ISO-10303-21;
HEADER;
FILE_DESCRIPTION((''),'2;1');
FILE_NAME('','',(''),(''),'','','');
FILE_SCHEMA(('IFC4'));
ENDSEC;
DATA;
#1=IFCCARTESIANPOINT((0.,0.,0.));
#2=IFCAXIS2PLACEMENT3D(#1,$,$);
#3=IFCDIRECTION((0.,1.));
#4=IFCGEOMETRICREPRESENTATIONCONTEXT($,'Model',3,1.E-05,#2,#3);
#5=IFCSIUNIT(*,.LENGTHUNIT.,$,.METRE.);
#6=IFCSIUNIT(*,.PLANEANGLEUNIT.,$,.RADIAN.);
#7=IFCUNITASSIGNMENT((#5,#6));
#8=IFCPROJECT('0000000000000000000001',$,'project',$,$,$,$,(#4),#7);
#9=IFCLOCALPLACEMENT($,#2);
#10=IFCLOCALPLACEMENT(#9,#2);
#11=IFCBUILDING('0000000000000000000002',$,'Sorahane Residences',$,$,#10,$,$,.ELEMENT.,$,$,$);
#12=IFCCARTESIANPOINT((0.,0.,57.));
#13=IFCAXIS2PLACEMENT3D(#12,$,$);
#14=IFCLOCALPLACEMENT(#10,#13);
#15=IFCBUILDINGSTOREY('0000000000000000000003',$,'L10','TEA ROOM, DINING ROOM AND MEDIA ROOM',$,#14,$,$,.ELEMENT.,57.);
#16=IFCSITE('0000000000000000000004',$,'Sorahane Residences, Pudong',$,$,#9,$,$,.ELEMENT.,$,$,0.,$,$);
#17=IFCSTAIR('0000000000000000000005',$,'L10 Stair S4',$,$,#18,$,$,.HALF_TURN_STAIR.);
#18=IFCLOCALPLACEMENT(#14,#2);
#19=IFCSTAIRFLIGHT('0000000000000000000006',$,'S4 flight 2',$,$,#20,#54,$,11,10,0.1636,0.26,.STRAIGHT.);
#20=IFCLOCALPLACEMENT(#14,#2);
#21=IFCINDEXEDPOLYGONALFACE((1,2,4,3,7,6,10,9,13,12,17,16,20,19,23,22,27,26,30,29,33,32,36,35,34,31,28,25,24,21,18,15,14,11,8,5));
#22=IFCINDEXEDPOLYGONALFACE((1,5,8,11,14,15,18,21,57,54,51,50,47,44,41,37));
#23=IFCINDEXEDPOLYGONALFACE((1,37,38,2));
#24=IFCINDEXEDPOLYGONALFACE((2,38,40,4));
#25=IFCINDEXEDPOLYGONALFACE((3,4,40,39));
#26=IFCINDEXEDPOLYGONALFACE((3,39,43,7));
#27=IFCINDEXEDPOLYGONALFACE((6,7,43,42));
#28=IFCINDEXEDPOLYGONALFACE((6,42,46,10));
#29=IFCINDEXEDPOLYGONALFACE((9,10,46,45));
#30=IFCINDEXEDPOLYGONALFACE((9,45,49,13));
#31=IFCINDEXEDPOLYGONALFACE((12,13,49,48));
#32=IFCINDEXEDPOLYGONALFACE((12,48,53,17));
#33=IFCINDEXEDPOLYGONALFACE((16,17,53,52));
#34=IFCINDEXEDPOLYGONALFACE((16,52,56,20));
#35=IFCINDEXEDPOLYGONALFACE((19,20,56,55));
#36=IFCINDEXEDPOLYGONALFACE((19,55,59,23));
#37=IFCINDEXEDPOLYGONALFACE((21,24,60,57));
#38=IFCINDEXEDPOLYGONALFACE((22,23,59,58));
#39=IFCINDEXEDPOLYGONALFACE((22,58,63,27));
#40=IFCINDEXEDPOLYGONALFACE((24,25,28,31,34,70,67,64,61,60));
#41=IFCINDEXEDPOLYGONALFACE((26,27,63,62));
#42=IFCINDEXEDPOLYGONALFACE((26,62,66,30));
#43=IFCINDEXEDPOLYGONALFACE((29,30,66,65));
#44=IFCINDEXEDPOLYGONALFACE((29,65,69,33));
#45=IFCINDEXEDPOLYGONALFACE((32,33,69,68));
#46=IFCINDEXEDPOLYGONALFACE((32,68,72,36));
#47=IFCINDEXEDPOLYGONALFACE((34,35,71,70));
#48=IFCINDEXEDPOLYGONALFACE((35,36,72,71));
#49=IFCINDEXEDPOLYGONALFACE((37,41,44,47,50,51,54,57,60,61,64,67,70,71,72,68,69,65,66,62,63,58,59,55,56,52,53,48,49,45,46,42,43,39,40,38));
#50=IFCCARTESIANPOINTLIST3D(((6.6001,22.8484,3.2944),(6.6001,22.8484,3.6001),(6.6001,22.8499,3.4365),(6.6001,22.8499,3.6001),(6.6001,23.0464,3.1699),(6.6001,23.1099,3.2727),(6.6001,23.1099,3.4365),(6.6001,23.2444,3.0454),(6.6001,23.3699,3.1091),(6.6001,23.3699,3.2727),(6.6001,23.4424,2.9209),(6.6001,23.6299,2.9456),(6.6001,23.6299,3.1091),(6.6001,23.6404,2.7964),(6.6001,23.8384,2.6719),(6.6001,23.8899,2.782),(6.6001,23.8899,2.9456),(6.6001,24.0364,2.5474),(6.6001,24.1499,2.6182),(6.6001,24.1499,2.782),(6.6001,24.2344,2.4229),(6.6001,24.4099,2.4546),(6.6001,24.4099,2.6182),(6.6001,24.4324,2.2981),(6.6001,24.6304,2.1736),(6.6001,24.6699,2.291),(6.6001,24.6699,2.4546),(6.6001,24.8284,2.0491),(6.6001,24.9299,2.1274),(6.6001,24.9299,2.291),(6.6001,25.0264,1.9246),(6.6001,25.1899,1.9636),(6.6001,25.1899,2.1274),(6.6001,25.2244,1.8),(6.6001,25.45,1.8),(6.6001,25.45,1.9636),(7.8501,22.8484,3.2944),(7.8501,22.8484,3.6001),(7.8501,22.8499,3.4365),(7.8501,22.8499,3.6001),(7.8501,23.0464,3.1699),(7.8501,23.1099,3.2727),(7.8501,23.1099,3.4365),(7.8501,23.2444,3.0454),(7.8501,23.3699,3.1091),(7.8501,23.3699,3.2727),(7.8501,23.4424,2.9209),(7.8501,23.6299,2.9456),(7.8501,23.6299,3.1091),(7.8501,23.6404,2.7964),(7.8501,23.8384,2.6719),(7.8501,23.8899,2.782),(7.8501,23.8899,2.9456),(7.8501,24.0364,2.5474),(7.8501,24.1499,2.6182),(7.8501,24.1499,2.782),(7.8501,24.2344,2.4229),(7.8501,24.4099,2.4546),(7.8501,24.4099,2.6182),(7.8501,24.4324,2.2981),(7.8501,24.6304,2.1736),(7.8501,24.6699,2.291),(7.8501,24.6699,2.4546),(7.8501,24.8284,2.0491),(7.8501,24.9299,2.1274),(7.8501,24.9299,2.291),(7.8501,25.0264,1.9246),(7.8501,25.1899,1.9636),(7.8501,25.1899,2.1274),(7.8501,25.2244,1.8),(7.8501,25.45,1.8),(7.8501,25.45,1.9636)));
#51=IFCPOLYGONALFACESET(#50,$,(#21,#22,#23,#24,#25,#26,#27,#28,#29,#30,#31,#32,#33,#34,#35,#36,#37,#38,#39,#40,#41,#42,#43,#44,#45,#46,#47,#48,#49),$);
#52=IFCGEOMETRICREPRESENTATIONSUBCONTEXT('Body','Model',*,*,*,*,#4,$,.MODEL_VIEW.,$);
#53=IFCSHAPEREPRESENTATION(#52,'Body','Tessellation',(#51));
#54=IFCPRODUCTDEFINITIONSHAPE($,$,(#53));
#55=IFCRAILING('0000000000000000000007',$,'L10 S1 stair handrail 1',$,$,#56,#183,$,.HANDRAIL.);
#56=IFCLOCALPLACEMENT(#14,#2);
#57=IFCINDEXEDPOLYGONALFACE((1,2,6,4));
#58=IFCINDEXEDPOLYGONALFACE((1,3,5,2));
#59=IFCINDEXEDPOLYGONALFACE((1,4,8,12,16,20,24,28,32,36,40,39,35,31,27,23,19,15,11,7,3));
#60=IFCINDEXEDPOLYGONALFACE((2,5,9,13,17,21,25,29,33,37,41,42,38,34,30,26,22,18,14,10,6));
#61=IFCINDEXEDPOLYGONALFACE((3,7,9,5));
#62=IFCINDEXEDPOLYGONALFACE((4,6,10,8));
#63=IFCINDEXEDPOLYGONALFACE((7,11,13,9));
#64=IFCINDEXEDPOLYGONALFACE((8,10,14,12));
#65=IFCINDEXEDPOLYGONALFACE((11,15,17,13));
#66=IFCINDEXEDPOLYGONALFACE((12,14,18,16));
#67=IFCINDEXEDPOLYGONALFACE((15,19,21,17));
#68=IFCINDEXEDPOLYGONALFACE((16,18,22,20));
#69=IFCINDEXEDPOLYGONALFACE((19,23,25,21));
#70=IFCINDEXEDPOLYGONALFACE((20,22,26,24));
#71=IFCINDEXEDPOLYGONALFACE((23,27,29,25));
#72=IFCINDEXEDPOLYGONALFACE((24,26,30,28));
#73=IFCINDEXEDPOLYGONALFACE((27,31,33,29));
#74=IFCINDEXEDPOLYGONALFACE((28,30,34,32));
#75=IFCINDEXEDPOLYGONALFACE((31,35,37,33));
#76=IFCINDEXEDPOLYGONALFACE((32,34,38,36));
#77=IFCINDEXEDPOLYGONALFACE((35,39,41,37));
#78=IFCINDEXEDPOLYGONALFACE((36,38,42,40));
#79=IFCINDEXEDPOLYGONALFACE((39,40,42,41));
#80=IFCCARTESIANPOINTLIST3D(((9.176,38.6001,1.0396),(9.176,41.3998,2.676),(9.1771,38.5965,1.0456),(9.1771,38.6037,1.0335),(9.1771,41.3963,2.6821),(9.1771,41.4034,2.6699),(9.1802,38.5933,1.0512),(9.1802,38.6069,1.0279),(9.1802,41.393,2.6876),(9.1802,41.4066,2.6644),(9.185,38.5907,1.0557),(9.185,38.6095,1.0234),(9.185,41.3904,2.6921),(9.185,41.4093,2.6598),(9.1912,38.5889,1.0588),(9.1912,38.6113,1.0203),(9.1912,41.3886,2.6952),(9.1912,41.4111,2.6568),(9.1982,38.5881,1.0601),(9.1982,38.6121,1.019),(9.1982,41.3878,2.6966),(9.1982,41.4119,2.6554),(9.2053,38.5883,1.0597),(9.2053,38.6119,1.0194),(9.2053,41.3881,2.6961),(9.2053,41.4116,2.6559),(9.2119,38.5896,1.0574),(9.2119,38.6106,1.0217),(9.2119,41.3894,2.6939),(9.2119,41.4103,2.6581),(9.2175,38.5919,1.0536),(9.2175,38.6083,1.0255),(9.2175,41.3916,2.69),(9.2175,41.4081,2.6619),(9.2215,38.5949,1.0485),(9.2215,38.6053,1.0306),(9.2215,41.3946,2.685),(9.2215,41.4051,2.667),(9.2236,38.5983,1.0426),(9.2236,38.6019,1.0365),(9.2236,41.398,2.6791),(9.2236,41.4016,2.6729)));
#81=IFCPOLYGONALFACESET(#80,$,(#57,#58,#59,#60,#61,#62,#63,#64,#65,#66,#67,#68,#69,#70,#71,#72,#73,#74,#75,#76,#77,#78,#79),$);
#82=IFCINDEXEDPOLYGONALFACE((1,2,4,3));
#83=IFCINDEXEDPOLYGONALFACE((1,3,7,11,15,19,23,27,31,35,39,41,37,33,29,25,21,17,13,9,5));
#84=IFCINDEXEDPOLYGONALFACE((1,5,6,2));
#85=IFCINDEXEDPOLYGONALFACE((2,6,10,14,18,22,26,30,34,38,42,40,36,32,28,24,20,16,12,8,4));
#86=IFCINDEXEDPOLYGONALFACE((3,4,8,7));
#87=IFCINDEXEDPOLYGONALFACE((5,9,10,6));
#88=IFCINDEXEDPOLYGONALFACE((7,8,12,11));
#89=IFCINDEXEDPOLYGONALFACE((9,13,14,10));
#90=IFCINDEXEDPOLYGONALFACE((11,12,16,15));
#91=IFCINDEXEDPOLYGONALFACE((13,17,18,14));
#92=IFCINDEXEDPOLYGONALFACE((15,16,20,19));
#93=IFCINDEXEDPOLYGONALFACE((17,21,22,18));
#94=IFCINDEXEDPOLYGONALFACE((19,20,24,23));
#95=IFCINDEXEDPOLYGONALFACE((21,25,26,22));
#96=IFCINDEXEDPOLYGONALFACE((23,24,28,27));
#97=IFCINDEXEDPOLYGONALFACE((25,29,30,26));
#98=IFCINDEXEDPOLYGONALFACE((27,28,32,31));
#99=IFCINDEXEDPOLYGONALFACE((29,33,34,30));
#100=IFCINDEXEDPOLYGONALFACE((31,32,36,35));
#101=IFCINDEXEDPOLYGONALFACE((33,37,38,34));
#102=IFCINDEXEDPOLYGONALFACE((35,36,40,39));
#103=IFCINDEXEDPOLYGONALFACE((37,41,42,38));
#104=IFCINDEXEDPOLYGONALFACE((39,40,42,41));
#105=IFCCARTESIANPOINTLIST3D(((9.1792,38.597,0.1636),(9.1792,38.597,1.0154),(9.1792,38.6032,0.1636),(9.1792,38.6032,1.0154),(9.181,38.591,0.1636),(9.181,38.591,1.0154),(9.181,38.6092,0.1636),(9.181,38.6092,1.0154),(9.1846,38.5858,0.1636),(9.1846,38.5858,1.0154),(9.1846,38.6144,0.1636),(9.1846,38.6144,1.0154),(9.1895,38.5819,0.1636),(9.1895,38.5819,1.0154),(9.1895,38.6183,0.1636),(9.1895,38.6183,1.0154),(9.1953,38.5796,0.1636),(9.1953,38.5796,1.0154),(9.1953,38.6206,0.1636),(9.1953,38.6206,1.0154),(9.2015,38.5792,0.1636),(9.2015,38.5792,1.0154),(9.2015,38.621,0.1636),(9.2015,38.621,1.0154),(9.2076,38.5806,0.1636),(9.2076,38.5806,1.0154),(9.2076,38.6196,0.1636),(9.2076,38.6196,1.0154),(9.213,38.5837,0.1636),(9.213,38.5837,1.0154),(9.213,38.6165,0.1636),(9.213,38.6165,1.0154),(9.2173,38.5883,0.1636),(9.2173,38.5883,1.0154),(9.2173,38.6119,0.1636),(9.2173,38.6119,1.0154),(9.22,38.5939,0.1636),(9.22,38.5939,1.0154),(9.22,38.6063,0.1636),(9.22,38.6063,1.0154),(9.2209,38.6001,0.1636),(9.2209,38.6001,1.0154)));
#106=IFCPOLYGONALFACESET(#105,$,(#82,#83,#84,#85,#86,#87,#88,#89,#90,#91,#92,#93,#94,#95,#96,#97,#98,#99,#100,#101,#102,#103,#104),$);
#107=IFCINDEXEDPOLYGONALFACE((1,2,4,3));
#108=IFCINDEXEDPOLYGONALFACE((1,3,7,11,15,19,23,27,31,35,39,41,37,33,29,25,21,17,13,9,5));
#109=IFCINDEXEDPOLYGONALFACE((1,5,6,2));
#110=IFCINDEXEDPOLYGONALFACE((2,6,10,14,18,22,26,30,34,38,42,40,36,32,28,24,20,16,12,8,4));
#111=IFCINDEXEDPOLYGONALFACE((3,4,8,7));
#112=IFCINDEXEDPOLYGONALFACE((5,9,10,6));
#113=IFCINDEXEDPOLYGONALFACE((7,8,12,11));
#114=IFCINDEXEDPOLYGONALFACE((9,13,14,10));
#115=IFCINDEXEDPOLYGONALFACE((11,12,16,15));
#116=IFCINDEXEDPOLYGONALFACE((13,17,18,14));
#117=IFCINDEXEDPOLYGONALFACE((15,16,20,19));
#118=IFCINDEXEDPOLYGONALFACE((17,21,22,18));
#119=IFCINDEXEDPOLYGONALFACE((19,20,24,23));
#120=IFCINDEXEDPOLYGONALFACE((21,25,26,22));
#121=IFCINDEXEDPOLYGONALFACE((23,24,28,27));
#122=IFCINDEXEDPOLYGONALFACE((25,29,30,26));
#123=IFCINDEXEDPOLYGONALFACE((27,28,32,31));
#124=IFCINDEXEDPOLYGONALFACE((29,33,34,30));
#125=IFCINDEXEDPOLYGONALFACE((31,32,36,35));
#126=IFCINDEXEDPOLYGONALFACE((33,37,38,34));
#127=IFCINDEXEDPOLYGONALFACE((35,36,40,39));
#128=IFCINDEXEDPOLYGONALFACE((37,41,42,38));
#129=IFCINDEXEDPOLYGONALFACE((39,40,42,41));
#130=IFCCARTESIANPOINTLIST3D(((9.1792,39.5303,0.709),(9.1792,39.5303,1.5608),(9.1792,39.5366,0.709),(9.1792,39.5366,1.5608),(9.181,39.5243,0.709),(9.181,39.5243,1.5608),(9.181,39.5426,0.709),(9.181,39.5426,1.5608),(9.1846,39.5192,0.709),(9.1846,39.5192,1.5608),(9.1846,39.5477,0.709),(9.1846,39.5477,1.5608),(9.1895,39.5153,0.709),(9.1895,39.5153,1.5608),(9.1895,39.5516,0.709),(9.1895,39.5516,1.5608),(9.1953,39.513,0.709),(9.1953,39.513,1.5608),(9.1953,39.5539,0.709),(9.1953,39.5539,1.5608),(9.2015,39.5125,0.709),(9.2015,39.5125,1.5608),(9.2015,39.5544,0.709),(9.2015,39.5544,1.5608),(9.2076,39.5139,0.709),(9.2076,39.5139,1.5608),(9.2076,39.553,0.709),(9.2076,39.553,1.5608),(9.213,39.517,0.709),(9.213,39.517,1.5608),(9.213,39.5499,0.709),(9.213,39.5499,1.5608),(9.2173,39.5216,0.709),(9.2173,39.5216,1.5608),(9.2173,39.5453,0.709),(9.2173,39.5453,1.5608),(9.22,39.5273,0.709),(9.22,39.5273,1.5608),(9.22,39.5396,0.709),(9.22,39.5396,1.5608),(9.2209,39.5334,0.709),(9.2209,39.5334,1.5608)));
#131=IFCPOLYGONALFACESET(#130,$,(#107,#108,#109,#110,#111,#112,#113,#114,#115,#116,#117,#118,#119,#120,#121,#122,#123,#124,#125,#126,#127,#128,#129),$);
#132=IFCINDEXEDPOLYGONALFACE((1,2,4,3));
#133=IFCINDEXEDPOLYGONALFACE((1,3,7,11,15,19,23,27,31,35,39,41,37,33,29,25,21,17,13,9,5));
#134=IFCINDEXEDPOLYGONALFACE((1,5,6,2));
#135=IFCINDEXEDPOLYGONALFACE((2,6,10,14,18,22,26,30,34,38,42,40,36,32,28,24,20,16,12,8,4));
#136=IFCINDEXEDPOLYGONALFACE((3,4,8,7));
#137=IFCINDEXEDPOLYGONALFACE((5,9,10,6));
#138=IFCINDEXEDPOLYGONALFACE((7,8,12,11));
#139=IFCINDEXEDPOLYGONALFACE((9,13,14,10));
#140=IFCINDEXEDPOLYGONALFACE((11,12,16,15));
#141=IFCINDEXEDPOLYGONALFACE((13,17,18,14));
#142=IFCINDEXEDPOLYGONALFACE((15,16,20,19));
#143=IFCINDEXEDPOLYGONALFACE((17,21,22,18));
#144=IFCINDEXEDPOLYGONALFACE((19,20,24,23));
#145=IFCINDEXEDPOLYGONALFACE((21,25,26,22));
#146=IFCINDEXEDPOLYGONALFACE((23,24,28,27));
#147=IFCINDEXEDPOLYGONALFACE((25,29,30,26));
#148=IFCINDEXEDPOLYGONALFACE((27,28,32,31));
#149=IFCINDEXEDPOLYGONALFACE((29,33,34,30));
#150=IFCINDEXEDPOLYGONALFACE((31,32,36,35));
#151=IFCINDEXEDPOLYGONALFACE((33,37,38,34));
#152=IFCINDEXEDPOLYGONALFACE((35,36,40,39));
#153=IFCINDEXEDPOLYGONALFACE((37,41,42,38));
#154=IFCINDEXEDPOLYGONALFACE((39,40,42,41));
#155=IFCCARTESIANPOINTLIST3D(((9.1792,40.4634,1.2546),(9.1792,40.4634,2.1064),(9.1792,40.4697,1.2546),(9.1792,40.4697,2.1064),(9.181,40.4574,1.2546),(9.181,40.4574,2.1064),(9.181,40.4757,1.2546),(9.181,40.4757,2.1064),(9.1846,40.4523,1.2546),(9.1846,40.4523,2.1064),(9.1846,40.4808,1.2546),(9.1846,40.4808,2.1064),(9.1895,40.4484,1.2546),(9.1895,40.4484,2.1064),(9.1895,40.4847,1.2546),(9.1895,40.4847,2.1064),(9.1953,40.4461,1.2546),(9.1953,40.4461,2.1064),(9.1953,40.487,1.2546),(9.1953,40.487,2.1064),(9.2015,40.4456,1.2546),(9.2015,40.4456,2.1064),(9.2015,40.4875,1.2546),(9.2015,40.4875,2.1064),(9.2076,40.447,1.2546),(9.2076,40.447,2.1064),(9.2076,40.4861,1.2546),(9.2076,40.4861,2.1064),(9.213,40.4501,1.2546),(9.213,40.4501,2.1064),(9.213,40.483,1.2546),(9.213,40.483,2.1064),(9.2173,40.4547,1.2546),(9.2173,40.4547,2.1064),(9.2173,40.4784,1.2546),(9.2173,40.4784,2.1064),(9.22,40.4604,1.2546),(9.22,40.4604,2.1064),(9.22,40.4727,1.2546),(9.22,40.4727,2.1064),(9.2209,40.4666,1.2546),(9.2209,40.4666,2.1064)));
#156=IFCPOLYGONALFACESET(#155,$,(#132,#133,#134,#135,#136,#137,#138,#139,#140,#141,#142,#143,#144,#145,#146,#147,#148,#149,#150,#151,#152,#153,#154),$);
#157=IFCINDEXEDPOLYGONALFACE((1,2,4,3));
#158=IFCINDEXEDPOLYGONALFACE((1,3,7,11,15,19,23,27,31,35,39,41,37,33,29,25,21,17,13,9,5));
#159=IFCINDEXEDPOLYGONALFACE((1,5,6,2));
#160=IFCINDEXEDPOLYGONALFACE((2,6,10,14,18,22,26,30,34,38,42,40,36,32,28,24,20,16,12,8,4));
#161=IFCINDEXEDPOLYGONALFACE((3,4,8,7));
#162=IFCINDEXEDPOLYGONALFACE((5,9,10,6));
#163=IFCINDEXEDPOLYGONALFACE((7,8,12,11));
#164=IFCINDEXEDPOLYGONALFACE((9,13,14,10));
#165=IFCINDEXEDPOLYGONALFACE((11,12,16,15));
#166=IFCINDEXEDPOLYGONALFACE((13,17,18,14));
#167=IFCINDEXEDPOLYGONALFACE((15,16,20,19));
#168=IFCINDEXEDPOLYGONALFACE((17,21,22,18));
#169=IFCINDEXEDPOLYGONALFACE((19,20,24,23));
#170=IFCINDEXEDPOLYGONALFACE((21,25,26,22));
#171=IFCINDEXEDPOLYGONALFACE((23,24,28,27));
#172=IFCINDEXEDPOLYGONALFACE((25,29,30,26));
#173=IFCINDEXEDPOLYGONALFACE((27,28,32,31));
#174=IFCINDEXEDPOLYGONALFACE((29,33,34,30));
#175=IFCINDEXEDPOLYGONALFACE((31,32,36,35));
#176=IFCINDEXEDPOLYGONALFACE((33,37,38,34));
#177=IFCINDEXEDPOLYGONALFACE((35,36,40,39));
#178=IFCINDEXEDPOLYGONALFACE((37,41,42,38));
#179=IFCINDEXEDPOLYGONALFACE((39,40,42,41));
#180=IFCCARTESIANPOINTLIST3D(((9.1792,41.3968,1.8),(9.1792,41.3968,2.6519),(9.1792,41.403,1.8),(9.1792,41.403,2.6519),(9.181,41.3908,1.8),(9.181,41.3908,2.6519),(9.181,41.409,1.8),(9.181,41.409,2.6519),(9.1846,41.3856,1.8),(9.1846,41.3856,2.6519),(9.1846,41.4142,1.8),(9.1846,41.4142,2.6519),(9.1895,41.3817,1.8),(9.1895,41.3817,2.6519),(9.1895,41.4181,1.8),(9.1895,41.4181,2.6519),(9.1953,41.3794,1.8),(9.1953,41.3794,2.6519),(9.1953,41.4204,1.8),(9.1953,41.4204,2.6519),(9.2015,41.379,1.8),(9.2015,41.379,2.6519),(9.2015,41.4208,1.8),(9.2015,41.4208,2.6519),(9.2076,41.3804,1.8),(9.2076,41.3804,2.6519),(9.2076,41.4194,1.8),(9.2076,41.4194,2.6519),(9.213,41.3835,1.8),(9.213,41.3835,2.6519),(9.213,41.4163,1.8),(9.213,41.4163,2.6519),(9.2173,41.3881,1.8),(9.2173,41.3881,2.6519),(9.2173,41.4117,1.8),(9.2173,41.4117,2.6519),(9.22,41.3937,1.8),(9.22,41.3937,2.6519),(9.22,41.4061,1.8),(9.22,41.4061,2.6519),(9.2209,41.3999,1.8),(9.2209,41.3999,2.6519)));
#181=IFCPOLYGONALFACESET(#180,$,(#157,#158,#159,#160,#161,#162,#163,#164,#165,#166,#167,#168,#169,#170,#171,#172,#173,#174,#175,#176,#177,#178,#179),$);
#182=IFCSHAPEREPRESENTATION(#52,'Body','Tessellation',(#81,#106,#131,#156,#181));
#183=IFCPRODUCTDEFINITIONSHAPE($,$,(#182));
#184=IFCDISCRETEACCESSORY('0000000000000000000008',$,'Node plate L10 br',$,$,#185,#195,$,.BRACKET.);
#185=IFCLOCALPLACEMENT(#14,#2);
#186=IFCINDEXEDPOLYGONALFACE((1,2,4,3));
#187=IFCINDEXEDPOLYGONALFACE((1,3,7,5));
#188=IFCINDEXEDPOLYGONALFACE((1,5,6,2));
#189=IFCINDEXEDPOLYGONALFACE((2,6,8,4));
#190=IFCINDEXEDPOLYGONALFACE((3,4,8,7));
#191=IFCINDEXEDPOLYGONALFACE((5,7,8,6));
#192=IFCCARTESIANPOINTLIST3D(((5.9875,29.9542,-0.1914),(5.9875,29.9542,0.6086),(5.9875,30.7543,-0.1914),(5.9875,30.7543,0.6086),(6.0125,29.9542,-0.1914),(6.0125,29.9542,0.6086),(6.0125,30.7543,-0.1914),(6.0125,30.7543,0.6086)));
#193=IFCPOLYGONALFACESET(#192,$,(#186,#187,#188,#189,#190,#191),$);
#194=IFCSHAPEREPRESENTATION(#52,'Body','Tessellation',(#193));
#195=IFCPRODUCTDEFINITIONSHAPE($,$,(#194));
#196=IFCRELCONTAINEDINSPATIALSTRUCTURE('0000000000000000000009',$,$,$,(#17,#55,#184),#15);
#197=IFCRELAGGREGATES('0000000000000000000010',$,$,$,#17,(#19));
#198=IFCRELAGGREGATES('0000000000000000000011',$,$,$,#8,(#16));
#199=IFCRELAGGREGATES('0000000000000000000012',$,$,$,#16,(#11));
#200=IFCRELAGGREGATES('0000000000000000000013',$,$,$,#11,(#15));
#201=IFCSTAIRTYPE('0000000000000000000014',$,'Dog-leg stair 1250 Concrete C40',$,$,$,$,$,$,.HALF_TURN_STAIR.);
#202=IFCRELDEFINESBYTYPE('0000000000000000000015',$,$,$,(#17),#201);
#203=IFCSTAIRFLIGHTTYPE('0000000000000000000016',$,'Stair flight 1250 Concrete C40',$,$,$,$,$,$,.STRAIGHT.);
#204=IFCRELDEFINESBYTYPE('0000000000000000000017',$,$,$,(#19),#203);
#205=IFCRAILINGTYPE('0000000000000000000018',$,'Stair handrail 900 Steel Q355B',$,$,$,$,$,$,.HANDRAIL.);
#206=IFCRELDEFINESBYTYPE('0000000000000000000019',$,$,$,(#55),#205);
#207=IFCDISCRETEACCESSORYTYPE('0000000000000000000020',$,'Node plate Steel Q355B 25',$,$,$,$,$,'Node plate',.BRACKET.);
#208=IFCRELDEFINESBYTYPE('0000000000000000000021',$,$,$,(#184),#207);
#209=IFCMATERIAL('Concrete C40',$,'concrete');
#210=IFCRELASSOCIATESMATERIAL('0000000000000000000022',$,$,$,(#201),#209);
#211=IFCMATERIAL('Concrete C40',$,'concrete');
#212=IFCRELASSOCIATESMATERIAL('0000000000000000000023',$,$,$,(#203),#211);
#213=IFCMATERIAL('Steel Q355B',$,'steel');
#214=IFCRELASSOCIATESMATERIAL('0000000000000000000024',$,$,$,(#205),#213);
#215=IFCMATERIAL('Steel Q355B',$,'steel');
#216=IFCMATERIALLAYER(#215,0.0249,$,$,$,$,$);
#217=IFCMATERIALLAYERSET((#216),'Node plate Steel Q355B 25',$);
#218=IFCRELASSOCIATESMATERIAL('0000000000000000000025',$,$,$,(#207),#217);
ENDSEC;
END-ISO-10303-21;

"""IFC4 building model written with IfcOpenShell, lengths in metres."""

from ifc_helpers import new_model, si_unit, direction, frame, origin, origin_2d, place, context, subcontext, project, spatial, polyline, rectangle, circle, outline, extrude, material, layer, layer_set, type_object, element, aggregate, save


model = new_model("IFC4")

# Units and contexts
model_context = context("Model", 3, precision=1e-05, world=origin(), true_north=direction((0.0, 1.0)))
body_context = subcontext(model_context, "Body", "Model", "MODEL_VIEW")
ifc_project = project(units=[si_unit("LENGTHUNIT", "METRE"), si_unit("PLANEANGLEUNIT", "RADIAN")], contexts=[model_context])

# Site, building, storey
site_placement = place(None, origin())
site = spatial("IfcSite", under=ifc_project, at=site_placement, Name="Sorahane Residences, Pudong", CompositionType="ELEMENT", RefElevation=0.0)
building_placement = place(site_placement, origin())
building = spatial("IfcBuilding", under=site, at=building_placement, Name="Sorahane Residences", CompositionType="ELEMENT")
storey_placement = place(building_placement, frame((0.0, 0.0, 57.0)))
storey = spatial("IfcBuildingStorey", under=building, at=storey_placement, Name="L10", Description="TEA ROOM, DINING ROOM AND MEDIA ROOM", CompositionType="ELEMENT", Elevation=57.0)

# Stair, stair flight
ifc_material_1 = material(Name="Concrete C40", Category="concrete")
stair_type = type_object("IfcStairType", Name="Dog-leg stair 1250 Concrete C40", PredefinedType="HALF_TURN_STAIR", material=ifc_material_1)
ifc_material_2 = material(Name="Concrete C40", Category="concrete")
stair_flight_type = type_object("IfcStairFlightType", Name="Stair flight 1250 Concrete C40", PredefinedType="STRAIGHT", material=ifc_material_2)
stair_1_placement = place(storey_placement, origin())
stair_1 = element("IfcStair", 1, at=stair_1_placement, inside=storey, type_object=stair_type, Name="L10 Stair S4", PredefinedType="HALF_TURN_STAIR")
stair_flight_1_placement = place(storey_placement, frame((7.2251, 25.45, 1.8), z_axis=(0.0, 0.0, 1.0), x_axis=(0.0, -1.0, 0.0)))
stair_flight_1 = element("IfcStairFlight", 2, at=stair_flight_1_placement, type_object=stair_flight_type, Name="S4 flight 2", NumberOfRisers=11, NumberOfTreads=10, PredefinedType="STRAIGHT", RiserHeight=0.1636, TreadLength=0.26, context=body_context, shape_type="SweptSolid", body=[
    extrude(outline(polyline([(0.0, 0.0), (0.0, 0.1636), (0.26, 0.1636), (0.26, 0.3274), (0.52, 0.3274), (0.52, 0.491), (0.78, 0.491), (0.78, 0.6545), (1.04, 0.6545), (1.04, 0.8181), (1.3, 0.8181), (1.3, 0.9819), (1.5601, 0.9819), (1.5601, 1.1455), (1.8201, 1.1455), (1.8201, 1.3091), (2.0801, 1.3091), (2.0801, 1.4727), (2.3401, 1.4727), (2.3401, 1.6365), (2.6001, 1.6365), (2.6001, 1.8), (2.6016, 1.8), (2.6016, 1.4944), (2.4036, 1.3699), (2.2056, 1.2454), (2.0076, 1.1208), (1.8096, 0.9963), (1.6116, 0.8718), (1.4136, 0.7473), (1.2156, 0.6228), (1.0176, 0.498), (0.8196, 0.3735), (0.6216, 0.249), (0.4236, 0.1245), (0.2256, 0.0), (0.0, 0.0)])), frame((0.0, 0.625, 0.0), z_axis=(0.0, -1.0, 0.0), x_axis=(1.0, 0.0, 0.0)), (0.0, 0.0, 1.0), 1.25),
])
aggregate(stair_1, [stair_flight_1])

# Railing
ifc_material_3 = material(Name="Steel Q355B", Category="steel")
railing_type_1 = type_object("IfcRailingType", Name="Stair handrail 900 Steel Q355B", PredefinedType="HANDRAIL", material=ifc_material_3)
railing_1_placement = place(storey_placement, frame((9.2, 38.6001, 0.1636)))
element("IfcRailing", 3, at=railing_1_placement, inside=storey, type_object=railing_type_1, Name="L10 S1 stair handrail 1", PredefinedType="HANDRAIL", context=body_context, shape_type="SweptSolid", body=[
    extrude(circle(Radius=0.0239, at=origin_2d()), frame((0.0, 0.0, 0.876), z_axis=(0.0, 0.863342, 0.50462), x_axis=(-1.0, 0.0, 0.0)), (0.0, 0.0, 1.0), 3.2429),
    extrude(circle(Radius=0.021, at=origin_2d()), origin(), (0.0, 0.0, 1.0), 0.8518),
    extrude(circle(Radius=0.021, at=origin_2d()), frame((0.0, 0.9333, 0.5454)), (0.0, 0.0, 1.0), 0.8518),
    extrude(circle(Radius=0.021, at=origin_2d()), frame((0.0, 1.8665, 1.0911)), (0.0, 0.0, 1.0), 0.8518),
    extrude(circle(Radius=0.021, at=origin_2d()), frame((0.0, 2.7998, 1.6365)), (0.0, 0.0, 1.0), 0.8518),
])

# Discrete accessory
ifc_material_4 = material(Name="Steel Q355B", Category="steel")
ifc_layer_1 = layer(ifc_material_4, 0.0249)
ifc_layer_set_1 = layer_set([ifc_layer_1], Name="Node plate Steel Q355B 25")
discrete_accessory_type = type_object("IfcDiscreteAccessoryType", Name="Node plate Steel Q355B 25", ElementType="Node plate", PredefinedType="BRACKET", material=ifc_layer_set_1)
for number, where, z_axis, x_axis, name in (
    (4, (6.0, 30.3542, -0.1914), (0.0, 0.0, 1.0), (0.0, 1.0, 0.0), "Node plate L10 br"),
):
    element("IfcDiscreteAccessory", number, at=place(storey_placement, frame(where, z_axis=z_axis, x_axis=x_axis)), inside=storey, type_object=discrete_accessory_type, Name=name, PredefinedType="BRACKET", context=body_context, shape_type="SweptSolid", body=[
        extrude(rectangle(XDim=0.8, YDim=0.0249, at=origin_2d()), origin(), (0.0, 0.0, 1.0), 0.8),
    ])

save(model, "model.ifc")
